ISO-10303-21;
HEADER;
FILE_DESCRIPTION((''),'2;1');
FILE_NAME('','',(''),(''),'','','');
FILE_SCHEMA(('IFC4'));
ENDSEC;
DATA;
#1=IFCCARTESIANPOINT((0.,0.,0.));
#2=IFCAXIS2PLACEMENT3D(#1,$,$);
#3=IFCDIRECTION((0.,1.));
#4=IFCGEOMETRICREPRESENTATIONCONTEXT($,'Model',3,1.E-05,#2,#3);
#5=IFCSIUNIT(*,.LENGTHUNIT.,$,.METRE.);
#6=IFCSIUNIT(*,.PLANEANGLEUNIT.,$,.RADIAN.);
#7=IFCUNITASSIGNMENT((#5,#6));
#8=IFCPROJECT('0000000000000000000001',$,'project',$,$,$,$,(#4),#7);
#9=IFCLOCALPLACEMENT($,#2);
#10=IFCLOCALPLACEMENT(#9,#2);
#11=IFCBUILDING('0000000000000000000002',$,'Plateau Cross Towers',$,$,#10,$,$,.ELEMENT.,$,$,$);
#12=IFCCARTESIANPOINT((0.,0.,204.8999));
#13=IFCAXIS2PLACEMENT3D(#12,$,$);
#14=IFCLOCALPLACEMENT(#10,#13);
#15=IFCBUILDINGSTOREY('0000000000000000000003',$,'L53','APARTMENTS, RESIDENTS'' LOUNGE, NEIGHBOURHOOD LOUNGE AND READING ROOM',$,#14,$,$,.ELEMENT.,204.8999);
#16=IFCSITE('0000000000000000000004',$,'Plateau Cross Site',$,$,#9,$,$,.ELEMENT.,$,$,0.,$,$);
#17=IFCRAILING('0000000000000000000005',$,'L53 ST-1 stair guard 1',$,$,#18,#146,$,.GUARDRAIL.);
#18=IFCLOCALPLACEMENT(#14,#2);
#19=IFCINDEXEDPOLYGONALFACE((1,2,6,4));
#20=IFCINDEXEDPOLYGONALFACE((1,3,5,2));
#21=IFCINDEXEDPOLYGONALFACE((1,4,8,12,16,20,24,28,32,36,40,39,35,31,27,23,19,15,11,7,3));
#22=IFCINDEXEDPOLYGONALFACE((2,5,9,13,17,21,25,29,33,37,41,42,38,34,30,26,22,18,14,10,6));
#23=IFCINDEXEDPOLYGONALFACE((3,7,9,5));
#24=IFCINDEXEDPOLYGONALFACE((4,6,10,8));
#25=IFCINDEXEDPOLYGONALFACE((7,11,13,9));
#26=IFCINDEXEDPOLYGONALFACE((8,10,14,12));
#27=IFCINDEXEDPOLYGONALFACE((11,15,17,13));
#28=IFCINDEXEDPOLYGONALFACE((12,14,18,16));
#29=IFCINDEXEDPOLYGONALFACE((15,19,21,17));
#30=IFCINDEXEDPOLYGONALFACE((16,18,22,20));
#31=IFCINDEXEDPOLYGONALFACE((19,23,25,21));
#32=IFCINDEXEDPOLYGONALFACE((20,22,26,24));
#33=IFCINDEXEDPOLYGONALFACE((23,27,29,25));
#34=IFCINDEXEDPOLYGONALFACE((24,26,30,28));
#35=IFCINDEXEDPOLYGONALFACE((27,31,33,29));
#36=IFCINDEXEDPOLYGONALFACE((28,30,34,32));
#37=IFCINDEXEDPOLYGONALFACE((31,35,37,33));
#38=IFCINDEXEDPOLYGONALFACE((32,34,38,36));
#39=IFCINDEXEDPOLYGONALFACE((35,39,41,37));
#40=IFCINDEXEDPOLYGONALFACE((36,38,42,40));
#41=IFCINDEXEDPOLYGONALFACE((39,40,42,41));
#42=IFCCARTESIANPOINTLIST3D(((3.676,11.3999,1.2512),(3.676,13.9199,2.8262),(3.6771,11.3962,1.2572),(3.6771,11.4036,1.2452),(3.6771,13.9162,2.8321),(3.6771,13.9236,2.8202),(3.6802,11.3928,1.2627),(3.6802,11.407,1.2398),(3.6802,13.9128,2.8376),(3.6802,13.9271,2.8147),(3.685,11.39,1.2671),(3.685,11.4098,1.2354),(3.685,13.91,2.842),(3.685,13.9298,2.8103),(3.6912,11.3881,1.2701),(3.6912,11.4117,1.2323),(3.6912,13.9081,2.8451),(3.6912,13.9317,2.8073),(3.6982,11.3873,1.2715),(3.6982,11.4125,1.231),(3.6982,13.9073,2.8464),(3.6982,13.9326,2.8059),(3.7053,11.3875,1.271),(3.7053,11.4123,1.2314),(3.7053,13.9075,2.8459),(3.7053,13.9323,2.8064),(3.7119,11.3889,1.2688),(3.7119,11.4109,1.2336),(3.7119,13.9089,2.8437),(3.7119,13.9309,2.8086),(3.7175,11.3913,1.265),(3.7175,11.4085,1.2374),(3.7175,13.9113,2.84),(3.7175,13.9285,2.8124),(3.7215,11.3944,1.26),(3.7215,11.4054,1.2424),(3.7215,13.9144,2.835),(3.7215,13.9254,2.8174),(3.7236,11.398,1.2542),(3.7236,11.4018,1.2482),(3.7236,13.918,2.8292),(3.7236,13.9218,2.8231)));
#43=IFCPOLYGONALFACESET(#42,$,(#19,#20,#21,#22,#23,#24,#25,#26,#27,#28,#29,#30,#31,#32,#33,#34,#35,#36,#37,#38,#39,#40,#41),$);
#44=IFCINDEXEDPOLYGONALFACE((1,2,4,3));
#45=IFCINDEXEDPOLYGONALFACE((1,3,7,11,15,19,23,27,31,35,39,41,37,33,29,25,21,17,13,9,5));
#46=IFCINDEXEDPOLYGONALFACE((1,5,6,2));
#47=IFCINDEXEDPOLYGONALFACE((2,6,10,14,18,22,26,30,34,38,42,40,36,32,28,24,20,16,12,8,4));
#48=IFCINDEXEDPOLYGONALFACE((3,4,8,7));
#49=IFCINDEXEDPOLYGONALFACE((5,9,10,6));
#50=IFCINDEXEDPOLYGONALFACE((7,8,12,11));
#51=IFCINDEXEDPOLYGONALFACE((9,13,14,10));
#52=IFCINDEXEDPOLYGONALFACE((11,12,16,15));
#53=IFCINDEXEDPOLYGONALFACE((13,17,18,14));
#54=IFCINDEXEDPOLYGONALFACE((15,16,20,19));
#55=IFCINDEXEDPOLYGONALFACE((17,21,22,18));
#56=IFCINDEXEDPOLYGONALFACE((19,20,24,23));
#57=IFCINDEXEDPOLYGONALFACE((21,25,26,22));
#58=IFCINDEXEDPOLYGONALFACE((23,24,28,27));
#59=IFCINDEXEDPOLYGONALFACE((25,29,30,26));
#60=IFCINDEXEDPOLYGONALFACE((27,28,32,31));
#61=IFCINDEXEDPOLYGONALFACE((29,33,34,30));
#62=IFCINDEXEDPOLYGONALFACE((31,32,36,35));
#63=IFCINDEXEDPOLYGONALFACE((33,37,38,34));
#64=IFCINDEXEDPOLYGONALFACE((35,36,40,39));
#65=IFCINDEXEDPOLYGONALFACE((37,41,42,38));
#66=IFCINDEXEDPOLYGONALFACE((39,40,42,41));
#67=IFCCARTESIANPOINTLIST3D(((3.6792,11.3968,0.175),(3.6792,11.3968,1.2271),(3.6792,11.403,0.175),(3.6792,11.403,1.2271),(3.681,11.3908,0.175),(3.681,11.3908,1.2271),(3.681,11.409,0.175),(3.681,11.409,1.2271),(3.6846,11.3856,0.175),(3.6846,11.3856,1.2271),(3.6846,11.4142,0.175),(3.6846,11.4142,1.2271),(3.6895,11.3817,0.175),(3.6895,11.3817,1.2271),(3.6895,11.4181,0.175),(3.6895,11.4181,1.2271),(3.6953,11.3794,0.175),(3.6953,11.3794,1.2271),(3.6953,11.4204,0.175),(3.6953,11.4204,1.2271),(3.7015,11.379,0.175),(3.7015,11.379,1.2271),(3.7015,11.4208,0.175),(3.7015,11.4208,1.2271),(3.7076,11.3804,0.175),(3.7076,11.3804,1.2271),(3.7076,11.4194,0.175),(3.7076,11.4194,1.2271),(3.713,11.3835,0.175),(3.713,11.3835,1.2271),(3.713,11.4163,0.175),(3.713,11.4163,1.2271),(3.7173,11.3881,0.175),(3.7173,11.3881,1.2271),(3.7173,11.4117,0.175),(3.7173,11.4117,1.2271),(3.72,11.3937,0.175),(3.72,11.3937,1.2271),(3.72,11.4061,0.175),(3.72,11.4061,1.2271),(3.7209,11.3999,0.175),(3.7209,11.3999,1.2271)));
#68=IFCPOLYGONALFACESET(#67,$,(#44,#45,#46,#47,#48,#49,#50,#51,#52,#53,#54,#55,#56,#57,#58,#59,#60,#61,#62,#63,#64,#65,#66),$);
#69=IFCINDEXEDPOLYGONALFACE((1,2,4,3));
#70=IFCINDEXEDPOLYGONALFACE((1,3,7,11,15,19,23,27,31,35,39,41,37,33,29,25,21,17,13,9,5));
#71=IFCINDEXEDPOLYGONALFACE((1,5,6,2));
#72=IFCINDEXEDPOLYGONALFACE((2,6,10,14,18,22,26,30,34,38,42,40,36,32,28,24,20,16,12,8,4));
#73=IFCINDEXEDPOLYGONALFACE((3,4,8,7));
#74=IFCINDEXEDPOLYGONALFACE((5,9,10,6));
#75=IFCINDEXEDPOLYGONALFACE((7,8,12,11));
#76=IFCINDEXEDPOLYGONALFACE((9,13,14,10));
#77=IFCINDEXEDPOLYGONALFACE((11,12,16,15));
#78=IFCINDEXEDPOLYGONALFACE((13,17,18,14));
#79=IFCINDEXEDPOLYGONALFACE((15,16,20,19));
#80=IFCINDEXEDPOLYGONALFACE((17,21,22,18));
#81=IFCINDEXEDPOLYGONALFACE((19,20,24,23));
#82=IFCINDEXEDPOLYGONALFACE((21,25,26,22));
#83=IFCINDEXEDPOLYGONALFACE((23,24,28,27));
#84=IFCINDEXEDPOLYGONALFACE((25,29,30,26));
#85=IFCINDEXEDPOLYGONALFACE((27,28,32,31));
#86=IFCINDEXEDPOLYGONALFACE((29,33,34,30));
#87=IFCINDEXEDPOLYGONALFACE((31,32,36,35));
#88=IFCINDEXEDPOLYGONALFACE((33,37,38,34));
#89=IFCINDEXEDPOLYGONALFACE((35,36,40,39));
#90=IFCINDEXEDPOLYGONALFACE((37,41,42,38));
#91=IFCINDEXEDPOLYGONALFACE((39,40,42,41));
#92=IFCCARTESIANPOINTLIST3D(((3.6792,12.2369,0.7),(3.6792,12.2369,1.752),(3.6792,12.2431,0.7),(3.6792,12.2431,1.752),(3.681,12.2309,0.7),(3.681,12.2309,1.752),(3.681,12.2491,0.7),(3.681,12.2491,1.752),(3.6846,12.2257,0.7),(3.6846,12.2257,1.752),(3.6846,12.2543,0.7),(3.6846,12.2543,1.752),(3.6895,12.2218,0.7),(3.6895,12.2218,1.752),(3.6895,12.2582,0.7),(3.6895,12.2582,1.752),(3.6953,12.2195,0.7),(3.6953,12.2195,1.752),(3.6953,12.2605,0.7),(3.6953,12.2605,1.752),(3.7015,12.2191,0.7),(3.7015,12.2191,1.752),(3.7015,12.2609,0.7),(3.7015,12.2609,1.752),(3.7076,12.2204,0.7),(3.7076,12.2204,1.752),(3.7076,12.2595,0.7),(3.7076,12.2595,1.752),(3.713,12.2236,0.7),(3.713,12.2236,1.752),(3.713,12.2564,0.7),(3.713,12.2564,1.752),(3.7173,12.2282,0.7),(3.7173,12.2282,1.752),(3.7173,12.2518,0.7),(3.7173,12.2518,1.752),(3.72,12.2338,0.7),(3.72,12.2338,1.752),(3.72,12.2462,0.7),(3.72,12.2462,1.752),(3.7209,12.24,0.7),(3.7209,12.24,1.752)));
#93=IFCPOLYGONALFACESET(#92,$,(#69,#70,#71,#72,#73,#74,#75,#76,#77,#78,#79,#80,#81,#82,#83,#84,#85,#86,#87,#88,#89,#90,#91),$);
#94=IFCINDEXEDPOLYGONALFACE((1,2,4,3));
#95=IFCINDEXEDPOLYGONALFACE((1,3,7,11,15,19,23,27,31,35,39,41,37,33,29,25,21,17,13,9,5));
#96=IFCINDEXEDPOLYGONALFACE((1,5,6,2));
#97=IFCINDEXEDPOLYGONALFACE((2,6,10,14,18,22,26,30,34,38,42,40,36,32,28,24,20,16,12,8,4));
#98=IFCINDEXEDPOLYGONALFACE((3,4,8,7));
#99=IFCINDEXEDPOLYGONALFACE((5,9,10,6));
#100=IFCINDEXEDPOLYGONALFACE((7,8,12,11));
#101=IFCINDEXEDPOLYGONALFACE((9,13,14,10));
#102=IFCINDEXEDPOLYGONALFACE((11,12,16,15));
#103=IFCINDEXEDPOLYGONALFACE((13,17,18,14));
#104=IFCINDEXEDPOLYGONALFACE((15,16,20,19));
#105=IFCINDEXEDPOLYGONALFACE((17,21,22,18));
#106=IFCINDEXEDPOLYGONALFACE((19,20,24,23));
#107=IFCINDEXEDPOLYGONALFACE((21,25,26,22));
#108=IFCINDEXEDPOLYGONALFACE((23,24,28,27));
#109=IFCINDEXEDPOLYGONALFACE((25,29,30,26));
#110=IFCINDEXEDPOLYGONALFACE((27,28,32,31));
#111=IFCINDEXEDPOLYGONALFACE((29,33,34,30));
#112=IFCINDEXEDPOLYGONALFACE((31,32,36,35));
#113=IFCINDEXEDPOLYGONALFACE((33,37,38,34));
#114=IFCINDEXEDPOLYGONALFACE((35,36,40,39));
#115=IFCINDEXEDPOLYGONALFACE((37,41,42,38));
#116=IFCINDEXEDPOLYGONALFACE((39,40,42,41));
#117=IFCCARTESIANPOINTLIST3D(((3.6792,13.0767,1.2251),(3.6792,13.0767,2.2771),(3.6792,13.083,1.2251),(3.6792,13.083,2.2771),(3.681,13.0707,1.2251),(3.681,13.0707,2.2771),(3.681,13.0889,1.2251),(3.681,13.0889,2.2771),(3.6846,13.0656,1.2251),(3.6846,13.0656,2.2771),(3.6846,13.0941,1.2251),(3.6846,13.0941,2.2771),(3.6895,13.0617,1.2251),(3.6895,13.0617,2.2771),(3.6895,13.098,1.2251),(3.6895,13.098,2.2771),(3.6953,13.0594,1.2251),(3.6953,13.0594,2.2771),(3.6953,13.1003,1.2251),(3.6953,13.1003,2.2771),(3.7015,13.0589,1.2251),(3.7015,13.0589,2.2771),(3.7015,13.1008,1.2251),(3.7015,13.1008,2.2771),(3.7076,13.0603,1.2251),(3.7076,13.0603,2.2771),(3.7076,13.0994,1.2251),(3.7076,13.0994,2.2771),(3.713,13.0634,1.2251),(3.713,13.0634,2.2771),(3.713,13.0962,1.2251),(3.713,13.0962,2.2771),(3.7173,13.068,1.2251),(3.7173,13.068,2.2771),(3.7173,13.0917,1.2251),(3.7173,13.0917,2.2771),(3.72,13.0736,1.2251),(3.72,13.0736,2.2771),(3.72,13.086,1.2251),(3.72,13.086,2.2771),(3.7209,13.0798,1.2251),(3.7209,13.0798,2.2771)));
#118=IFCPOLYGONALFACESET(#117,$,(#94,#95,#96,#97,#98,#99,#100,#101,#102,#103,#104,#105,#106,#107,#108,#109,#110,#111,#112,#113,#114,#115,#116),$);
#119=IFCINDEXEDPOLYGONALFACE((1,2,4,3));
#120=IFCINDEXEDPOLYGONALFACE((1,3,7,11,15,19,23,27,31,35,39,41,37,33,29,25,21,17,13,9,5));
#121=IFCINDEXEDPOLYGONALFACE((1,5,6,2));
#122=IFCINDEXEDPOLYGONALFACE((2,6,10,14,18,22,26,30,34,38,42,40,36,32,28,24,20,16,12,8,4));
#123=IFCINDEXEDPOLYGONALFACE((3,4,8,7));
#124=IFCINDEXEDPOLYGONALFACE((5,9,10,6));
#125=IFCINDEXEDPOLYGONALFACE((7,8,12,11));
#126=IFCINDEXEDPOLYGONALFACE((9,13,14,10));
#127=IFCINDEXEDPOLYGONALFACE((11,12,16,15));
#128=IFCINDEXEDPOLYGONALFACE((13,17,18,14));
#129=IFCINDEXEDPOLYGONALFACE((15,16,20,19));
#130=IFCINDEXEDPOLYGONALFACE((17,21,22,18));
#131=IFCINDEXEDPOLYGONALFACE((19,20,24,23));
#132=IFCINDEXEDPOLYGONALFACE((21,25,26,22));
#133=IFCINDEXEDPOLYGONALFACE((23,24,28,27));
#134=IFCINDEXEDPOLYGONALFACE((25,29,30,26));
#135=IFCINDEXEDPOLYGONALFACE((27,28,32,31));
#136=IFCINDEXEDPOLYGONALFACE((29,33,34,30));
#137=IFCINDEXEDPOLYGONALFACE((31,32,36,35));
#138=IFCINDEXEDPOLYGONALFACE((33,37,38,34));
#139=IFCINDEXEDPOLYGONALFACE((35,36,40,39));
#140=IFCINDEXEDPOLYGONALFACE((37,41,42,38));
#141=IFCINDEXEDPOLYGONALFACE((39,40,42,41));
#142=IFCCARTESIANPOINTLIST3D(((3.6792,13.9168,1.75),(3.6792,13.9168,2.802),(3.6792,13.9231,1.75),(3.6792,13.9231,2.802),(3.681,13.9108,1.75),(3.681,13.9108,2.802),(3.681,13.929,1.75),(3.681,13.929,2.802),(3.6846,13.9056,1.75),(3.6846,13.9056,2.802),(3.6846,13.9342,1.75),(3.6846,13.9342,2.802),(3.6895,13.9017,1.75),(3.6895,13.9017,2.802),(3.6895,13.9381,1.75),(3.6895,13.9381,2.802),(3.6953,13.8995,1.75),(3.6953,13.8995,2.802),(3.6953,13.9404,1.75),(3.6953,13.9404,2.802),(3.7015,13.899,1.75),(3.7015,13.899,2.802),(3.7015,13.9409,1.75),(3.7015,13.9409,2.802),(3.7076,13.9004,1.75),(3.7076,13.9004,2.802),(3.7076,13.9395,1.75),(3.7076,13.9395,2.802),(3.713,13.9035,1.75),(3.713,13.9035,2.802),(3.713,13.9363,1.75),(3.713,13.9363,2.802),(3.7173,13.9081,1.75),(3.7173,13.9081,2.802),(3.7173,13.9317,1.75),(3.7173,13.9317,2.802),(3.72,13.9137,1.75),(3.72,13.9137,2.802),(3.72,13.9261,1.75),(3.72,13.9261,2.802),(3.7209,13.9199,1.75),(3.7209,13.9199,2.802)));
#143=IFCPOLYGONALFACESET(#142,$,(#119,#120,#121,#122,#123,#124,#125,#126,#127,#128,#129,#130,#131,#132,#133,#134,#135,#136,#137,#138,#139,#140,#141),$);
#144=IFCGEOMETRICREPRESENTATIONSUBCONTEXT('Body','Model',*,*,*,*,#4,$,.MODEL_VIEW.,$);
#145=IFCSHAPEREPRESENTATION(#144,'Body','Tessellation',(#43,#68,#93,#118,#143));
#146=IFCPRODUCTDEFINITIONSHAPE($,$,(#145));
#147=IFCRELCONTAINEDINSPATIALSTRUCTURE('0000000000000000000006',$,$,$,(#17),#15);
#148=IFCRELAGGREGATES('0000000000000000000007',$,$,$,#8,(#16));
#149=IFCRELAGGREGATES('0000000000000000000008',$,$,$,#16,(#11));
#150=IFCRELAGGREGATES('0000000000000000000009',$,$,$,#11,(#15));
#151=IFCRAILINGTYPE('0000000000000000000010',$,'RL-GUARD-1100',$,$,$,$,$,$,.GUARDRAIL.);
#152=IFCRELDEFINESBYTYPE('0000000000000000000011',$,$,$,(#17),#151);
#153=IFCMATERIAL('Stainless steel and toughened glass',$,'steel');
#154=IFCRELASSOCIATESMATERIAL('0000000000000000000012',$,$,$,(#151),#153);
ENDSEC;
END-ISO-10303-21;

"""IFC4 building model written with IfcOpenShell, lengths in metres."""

from ifc_helpers import new_model, si_unit, direction, frame, origin, origin_2d, place, context, subcontext, project, spatial, circle, extrude, material, type_object, element, save


model = new_model("IFC4")

# Units and contexts
model_context = context("Model", 3, precision=1e-05, world=origin(), true_north=direction((0.0, 1.0)))
body_context = subcontext(model_context, "Body", "Model", "MODEL_VIEW")
ifc_project = project(units=[si_unit("LENGTHUNIT", "METRE"), si_unit("PLANEANGLEUNIT", "RADIAN")], contexts=[model_context])

# Site, building, storey
site_placement = place(None, origin())
site = spatial("IfcSite", under=ifc_project, at=site_placement, Name="Plateau Cross Site", CompositionType="ELEMENT", RefElevation=0.0)
building_placement = place(site_placement, origin())
building = spatial("IfcBuilding", under=site, at=building_placement, Name="Plateau Cross Towers", CompositionType="ELEMENT")
storey_placement = place(building_placement, frame((0.0, 0.0, 204.8999)))
storey = spatial("IfcBuildingStorey", under=building, at=storey_placement, Name="L53", Description="APARTMENTS, RESIDENTS' LOUNGE, NEIGHBOURHOOD LOUNGE AND READING ROOM", CompositionType="ELEMENT", Elevation=204.8999)

# Railing
ifc_material_1 = material(Name="Stainless steel and toughened glass", Category="steel")
railing_type_1 = type_object("IfcRailingType", Name="RL-GUARD-1100", PredefinedType="GUARDRAIL", material=ifc_material_1)
railing_1_placement = place(storey_placement, frame((3.7, 11.3999, 0.175)))
element("IfcRailing", 1, at=railing_1_placement, inside=storey, type_object=railing_type_1, Name="L53 ST-1 stair guard 1", PredefinedType="GUARDRAIL", context=body_context, shape_type="SweptSolid", body=[
    extrude(circle(Radius=0.0239, at=origin_2d()), frame((0.0, 0.0, 1.0762), z_axis=(0.0, 0.848008, 0.529984), x_axis=(-1.0, 0.0, 0.0)), (0.0, 0.0, 1.0), 2.9717),
    extrude(circle(Radius=0.021, at=origin_2d()), origin(), (0.0, 0.0, 1.0), 1.052),
    extrude(circle(Radius=0.021, at=origin_2d()), frame((0.0, 0.8401, 0.5249)), (0.0, 0.0, 1.0), 1.052),
    extrude(circle(Radius=0.021, at=origin_2d()), frame((0.0, 1.6799, 1.05)), (0.0, 0.0, 1.0), 1.052),
    extrude(circle(Radius=0.021, at=origin_2d()), frame((0.0, 2.52, 1.575)), (0.0, 0.0, 1.0), 1.052),
])

save(model, "model.ifc")
